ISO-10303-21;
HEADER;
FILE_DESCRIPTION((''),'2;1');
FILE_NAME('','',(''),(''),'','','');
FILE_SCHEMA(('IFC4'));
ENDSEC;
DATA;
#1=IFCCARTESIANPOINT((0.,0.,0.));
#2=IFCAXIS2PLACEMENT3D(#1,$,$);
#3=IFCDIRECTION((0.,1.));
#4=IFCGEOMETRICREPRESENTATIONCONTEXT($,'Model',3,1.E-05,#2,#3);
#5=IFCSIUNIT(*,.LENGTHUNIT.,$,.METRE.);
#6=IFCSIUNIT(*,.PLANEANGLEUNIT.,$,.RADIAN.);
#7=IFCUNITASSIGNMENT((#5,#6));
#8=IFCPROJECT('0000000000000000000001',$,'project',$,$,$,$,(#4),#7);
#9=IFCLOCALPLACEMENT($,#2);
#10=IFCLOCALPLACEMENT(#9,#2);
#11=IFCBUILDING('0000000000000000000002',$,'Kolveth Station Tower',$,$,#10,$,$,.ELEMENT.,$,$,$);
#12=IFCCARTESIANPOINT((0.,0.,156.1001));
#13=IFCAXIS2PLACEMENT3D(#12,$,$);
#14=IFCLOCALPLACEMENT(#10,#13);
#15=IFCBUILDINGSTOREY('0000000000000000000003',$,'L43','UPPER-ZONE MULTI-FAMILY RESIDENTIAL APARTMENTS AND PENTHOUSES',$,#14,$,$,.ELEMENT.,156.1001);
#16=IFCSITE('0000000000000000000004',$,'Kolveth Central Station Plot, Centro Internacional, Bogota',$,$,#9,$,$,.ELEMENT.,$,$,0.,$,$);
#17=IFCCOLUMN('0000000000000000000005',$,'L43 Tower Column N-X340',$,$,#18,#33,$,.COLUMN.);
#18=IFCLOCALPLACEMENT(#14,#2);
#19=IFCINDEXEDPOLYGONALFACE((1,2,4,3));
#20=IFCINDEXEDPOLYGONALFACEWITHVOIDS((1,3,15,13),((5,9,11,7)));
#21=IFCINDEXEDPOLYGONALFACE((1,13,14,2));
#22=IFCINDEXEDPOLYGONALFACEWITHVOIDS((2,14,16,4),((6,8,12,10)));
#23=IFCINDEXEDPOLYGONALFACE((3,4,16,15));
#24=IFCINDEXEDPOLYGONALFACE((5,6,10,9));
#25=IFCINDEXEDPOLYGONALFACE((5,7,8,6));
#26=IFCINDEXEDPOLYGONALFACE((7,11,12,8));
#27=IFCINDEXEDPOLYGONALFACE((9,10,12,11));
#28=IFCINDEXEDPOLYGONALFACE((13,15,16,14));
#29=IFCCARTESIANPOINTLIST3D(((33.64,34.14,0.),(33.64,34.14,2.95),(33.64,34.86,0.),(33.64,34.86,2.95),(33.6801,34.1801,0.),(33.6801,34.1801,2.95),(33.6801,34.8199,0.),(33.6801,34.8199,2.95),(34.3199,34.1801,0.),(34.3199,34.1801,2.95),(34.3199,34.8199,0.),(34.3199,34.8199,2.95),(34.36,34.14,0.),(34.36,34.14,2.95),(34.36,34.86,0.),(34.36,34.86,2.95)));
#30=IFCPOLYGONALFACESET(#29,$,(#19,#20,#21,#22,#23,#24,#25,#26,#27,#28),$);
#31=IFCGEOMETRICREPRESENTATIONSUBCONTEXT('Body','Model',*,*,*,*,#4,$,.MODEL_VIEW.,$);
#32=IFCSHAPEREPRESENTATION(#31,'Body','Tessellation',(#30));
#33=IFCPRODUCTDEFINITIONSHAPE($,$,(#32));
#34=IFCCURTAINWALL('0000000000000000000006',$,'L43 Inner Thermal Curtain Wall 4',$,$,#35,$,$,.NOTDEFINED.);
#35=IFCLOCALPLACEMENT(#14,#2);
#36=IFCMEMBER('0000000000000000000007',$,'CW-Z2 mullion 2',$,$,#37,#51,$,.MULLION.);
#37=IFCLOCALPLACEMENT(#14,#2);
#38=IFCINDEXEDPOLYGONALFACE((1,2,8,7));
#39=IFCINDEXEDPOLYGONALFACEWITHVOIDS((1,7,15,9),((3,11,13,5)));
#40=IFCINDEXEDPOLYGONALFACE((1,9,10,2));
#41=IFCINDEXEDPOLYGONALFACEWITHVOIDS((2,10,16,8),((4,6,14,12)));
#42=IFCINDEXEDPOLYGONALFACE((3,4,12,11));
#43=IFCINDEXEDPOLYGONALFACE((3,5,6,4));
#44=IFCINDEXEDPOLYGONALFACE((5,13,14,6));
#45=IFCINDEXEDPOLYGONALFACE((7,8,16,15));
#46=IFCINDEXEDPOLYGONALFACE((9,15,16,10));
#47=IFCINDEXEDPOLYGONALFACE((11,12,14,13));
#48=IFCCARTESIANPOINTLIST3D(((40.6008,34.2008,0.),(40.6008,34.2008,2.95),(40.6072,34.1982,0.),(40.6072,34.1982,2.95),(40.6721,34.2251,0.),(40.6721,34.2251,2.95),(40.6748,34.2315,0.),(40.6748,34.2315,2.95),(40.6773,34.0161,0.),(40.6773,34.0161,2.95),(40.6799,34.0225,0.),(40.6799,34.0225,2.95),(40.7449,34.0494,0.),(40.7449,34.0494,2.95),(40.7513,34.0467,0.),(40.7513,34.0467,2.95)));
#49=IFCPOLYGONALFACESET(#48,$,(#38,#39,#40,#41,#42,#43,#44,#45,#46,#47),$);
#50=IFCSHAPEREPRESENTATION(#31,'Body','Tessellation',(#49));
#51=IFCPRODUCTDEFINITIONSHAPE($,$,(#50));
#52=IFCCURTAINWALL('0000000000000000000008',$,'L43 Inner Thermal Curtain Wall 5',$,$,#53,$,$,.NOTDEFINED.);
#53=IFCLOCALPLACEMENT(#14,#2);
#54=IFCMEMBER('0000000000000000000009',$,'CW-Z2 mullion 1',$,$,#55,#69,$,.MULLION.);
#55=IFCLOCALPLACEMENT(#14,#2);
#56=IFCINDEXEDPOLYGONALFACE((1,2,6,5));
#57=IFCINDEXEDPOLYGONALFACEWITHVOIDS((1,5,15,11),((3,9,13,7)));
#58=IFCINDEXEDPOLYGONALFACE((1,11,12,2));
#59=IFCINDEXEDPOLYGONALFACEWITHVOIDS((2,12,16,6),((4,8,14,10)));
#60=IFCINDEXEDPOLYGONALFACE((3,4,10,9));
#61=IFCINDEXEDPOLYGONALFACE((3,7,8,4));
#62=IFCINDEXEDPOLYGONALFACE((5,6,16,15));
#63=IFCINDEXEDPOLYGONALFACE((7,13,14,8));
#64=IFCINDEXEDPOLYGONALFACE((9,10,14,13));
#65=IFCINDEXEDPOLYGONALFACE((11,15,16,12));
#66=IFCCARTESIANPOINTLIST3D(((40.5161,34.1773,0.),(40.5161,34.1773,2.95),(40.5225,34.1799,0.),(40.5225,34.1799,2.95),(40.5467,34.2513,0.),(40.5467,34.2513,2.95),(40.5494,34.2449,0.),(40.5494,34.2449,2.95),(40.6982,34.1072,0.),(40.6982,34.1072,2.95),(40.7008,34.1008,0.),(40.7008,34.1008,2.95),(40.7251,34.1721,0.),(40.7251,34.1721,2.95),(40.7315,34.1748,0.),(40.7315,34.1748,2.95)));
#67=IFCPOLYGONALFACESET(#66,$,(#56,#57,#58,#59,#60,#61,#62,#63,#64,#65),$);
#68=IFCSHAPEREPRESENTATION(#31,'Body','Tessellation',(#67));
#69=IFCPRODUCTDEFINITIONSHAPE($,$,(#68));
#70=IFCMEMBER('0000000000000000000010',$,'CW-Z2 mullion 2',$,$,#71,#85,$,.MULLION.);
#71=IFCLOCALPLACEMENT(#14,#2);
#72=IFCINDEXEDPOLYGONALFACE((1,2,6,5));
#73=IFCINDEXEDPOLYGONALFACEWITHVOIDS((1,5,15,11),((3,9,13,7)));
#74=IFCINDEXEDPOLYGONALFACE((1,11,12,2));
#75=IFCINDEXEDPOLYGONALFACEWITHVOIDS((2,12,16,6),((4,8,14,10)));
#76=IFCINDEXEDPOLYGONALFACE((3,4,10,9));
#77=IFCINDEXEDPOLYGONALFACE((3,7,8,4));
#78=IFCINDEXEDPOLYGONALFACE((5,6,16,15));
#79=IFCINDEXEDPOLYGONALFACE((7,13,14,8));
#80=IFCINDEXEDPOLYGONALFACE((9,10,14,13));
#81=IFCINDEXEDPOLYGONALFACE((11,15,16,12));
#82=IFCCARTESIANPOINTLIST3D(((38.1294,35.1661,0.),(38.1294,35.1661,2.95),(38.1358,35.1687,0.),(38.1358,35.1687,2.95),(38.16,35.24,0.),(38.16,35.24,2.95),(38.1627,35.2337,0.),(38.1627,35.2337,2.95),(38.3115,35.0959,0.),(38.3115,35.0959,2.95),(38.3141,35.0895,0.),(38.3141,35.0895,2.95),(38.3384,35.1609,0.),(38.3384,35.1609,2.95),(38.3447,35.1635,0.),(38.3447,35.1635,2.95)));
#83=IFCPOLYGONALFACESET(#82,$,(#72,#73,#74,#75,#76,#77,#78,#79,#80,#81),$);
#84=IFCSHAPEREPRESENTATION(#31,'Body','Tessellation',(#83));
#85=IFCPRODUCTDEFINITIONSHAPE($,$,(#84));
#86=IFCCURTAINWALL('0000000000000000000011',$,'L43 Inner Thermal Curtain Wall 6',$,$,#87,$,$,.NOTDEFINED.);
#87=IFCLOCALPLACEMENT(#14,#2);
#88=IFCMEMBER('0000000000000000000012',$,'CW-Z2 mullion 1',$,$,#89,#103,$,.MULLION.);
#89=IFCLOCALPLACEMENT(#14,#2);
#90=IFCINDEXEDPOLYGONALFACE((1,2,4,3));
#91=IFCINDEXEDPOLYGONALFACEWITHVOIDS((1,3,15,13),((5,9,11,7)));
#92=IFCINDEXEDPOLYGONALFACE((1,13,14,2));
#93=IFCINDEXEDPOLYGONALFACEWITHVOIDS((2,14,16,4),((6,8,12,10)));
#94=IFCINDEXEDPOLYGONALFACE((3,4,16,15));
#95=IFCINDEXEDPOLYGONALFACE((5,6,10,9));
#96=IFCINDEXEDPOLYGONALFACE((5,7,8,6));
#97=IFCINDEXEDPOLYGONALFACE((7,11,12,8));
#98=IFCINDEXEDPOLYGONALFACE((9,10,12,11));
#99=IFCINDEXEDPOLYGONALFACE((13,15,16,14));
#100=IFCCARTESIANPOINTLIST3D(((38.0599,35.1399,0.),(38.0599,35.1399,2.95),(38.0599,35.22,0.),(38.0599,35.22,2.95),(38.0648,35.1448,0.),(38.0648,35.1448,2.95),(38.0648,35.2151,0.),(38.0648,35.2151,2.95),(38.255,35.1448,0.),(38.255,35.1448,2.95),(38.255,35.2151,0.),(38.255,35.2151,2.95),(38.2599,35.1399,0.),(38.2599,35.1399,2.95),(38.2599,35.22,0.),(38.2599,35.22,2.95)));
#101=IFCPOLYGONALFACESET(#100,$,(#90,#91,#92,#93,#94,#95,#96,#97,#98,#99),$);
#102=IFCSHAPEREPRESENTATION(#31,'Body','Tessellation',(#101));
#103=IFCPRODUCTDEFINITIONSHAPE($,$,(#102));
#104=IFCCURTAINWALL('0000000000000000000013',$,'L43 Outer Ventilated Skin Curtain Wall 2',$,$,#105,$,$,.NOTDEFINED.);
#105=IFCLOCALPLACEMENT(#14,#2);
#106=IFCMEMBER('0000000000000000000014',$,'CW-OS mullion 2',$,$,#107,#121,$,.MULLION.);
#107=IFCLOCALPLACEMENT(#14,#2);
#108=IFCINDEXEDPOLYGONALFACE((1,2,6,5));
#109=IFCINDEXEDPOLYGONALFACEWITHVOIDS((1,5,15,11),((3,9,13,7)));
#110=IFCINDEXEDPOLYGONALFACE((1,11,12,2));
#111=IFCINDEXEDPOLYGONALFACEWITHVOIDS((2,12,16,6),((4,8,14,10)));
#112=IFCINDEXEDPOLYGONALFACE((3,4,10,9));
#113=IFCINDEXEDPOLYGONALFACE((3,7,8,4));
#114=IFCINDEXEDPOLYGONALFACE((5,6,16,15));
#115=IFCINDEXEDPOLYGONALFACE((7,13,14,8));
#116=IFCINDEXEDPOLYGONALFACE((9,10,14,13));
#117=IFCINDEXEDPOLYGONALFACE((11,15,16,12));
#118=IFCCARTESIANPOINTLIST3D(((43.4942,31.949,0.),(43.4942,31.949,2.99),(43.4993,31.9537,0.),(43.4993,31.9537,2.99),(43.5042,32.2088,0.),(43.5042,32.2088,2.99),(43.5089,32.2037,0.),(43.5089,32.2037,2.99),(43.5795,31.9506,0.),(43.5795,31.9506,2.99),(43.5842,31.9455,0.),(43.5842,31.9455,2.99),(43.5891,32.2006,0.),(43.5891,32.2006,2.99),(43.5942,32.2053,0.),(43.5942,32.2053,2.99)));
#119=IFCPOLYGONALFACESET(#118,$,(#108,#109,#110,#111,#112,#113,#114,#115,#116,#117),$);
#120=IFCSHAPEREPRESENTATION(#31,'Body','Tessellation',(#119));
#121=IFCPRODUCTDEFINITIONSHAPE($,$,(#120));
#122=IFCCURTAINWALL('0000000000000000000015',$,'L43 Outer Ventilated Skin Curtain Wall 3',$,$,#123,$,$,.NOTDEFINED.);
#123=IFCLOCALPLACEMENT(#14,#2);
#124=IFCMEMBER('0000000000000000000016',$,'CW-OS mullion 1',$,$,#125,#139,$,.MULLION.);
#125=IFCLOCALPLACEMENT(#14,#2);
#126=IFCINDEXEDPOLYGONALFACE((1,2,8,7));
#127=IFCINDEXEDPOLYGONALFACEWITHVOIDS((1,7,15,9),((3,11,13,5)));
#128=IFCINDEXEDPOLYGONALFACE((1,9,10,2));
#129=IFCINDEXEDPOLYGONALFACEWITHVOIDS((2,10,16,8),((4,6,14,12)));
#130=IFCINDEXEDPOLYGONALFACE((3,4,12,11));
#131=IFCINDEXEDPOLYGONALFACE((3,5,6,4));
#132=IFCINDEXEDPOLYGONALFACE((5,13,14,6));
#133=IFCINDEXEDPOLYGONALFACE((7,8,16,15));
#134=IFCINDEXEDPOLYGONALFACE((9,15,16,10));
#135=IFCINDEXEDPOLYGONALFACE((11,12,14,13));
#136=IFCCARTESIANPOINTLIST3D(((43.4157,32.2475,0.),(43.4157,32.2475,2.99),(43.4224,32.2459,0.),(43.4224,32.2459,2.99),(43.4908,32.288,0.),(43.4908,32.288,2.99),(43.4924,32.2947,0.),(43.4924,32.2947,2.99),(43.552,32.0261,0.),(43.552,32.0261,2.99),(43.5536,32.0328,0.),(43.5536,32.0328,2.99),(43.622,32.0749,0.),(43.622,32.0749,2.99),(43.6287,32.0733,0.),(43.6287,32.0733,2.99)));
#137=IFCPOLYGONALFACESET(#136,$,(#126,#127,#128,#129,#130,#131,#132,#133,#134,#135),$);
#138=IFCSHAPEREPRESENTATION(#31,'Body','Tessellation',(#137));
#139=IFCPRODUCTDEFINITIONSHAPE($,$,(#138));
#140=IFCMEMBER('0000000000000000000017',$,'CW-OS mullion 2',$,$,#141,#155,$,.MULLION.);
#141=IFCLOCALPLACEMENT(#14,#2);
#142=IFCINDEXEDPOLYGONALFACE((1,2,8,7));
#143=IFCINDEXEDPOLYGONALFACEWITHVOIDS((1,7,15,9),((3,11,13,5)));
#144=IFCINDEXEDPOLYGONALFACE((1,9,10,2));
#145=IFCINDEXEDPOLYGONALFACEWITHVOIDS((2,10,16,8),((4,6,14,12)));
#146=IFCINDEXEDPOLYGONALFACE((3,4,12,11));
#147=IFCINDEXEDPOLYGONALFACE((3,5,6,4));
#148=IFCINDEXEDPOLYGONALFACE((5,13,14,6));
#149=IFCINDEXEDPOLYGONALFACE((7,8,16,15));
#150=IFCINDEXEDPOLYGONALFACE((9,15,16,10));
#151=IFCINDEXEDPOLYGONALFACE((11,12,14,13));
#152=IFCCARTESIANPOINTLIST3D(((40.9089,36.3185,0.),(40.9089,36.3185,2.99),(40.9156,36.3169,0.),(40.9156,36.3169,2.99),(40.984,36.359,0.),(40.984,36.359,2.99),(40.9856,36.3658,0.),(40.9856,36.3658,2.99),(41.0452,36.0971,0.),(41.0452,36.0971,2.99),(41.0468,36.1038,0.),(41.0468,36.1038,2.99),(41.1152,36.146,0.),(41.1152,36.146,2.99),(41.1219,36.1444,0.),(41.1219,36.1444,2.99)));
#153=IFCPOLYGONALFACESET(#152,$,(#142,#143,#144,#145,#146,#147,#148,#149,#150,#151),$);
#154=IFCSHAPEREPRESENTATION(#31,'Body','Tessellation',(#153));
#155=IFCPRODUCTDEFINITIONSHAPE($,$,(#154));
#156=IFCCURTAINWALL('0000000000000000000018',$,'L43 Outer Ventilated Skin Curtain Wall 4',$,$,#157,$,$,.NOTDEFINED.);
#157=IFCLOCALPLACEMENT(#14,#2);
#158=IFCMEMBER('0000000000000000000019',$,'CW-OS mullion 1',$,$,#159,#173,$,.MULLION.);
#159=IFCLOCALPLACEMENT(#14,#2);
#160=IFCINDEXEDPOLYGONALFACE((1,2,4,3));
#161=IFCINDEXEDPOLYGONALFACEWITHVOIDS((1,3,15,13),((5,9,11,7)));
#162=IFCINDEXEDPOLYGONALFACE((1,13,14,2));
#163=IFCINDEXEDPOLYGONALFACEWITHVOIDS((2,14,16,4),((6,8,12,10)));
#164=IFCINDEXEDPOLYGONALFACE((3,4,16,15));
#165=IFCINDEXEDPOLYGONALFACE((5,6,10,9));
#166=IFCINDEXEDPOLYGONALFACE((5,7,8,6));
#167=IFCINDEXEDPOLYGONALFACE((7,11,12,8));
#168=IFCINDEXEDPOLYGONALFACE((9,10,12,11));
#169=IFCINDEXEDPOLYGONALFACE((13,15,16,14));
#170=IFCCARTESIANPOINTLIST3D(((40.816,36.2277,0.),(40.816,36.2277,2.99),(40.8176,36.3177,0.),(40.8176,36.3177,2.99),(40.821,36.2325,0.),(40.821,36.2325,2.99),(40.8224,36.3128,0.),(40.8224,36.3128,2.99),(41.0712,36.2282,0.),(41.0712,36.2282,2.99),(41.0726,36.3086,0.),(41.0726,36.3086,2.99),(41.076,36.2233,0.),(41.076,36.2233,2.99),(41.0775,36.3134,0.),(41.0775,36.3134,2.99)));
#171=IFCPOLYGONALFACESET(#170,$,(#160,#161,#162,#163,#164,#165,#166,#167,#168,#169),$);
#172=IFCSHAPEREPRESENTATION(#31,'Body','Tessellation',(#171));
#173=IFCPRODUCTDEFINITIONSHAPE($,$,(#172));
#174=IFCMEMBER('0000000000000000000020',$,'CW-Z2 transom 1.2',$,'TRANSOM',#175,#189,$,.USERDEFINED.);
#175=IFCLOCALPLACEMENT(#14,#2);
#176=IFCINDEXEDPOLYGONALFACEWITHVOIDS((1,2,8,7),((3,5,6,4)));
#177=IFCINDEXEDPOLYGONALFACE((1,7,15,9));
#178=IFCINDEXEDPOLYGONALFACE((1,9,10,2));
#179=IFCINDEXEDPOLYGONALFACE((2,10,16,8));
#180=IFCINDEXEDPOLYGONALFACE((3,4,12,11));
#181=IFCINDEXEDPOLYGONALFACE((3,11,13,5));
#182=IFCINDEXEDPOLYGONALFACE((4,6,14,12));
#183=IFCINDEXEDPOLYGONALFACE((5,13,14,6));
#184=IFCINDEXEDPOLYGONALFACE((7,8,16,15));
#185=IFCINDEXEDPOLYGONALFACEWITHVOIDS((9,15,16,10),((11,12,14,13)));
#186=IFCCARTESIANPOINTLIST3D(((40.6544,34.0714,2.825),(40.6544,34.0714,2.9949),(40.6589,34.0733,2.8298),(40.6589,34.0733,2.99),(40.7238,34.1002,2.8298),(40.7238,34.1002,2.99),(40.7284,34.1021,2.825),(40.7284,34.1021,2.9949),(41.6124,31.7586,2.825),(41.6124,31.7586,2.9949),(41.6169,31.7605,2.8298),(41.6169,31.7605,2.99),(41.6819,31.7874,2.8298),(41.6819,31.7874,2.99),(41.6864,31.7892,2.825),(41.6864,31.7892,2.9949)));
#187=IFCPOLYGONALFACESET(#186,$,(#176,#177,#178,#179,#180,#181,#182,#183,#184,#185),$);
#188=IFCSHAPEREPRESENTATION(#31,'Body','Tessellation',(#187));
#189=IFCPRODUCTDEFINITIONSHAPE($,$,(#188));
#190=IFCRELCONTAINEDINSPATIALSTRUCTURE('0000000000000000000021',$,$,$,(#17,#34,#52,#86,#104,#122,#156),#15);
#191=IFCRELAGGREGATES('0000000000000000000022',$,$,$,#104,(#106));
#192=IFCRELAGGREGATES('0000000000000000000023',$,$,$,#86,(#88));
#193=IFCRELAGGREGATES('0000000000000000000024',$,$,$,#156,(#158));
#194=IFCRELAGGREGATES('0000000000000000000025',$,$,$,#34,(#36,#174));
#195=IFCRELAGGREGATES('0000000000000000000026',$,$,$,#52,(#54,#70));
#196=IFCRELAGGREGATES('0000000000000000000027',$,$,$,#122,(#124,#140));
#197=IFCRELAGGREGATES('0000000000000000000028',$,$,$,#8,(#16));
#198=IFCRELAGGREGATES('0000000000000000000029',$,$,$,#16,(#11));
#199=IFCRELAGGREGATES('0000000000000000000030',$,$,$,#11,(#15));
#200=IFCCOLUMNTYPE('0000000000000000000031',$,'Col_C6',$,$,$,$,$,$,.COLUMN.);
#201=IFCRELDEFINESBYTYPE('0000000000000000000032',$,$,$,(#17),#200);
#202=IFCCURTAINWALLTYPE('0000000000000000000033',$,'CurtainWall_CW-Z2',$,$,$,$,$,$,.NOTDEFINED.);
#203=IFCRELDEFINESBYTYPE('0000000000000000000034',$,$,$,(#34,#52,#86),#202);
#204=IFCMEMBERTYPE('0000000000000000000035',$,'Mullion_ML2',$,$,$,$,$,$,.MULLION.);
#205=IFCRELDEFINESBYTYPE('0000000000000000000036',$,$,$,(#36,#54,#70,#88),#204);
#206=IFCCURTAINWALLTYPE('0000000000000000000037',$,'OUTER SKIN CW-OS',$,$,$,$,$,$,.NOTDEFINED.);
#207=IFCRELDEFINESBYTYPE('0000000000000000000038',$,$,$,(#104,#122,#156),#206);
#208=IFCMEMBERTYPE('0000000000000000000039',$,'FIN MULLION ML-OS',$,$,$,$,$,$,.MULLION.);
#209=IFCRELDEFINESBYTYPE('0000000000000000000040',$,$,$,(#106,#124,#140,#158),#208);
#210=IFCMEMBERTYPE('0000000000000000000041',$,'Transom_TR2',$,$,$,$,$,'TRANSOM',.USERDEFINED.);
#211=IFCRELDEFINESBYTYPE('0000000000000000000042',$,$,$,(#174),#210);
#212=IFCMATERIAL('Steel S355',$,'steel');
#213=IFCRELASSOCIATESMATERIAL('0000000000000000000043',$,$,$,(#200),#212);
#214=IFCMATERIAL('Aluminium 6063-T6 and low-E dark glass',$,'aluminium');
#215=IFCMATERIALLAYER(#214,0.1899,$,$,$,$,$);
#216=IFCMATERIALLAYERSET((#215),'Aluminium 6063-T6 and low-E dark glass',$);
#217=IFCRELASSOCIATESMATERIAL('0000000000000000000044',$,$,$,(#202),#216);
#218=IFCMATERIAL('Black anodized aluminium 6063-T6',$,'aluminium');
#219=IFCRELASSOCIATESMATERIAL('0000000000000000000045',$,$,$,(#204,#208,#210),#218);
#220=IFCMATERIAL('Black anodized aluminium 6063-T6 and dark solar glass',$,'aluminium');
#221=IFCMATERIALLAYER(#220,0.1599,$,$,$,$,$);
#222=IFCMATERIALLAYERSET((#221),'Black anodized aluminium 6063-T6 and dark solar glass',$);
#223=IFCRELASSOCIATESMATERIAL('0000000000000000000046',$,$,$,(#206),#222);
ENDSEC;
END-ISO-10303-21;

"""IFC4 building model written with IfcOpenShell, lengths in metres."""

from ifc_helpers import new_model, si_unit, direction, frame, origin, origin_2d, place, context, subcontext, project, spatial, hollow_rectangle, extrude, source, transform, mapped, material, layer, layer_set, material_profile, profile_set, type_object, element, aggregate, save


model = new_model("IFC4")

# Units and contexts
model_context = context("Model", 3, precision=1e-05, world=origin(), true_north=direction((0.0, 1.0)))
body_context = subcontext(model_context, "Body", "Model", "MODEL_VIEW")
ifc_project = project(units=[si_unit("LENGTHUNIT", "METRE"), si_unit("PLANEANGLEUNIT", "RADIAN")], contexts=[model_context])

# Site, building, storey
site_placement = place(None, origin())
site = spatial("IfcSite", under=ifc_project, at=site_placement, Name="Kolveth Central Station Plot, Centro Internacional, Bogota", CompositionType="ELEMENT", RefElevation=0.0)
building_placement = place(site_placement, origin())
building = spatial("IfcBuilding", under=site, at=building_placement, Name="Kolveth Station Tower", CompositionType="ELEMENT")
storey_placement = place(building_placement, frame((0.0, 0.0, 156.1001)))
storey = spatial("IfcBuildingStorey", under=building, at=storey_placement, Name="L43", Description="UPPER-ZONE MULTI-FAMILY RESIDENTIAL APARTMENTS AND PENTHOUSES", CompositionType="ELEMENT", Elevation=156.1001)

# Column
ifc_material_1 = material(Name="Steel S355", Category="steel")
ifc_material_profile_1 = material_profile(ifc_material_1, hollow_rectangle(XDim=0.72, YDim=0.72, WallThickness=0.04, at=origin_2d()), Name="BOX720x720x40")
ifc_profile_set_1 = profile_set([ifc_material_profile_1], Name="Steel S355")
column_type = type_object("IfcColumnType", Name="Col_C6", PredefinedType="COLUMN", material=ifc_profile_set_1)
shared_shape_1 = source(origin(), body_context, "Body", "SweptSolid", [
    extrude(hollow_rectangle(XDim=0.72, YDim=0.72, WallThickness=0.04, at=origin_2d()), origin(), (0.0, 0.0, 1.0), 2.95),
])
column_placement = place(storey_placement, frame((34.0, 34.5, 0.0), z_axis=(0.0, 0.0, 1.0), x_axis=(1.0, 0.0, 0.0)))
element("IfcColumn", 1, at=column_placement, inside=storey, type_object=column_type, Name="L43 Tower Column N-X340", PredefinedType="COLUMN", context=body_context, shape_type="MappedRepresentation", body=[
    mapped(shared_shape_1, transform((0.0, 0.0, 0.0), x_axis=(1.0, 0.0, 0.0), y_axis=(0.0, 1.0, 0.0), z_axis=(0.0, 0.0, 1.0), scale=1.0)),
])

# Curtain wall, member
ifc_material_2 = material(Name="Aluminium 6063-T6 and low-E dark glass", Category="aluminium")
ifc_layer_1 = layer(ifc_material_2, 0.1899)
ifc_layer_set_1 = layer_set([ifc_layer_1], Name="Aluminium 6063-T6 and low-E dark glass")
curtain_wall_type_1 = type_object("IfcCurtainWallType", Name="CurtainWall_CW-Z2", PredefinedType="NOTDEFINED", material=ifc_layer_set_1)
curtain_wall_1_placement = place(storey_placement, origin())
curtain_wall_1 = element("IfcCurtainWall", 2, at=curtain_wall_1_placement, inside=storey, type_object=curtain_wall_type_1, Name="L43 Inner Thermal Curtain Wall 4", PredefinedType="NOTDEFINED")
ifc_material_3 = material(Name="Black anodized aluminium 6063-T6", Category="aluminium")
ifc_material_profile_2 = material_profile(ifc_material_3, hollow_rectangle(XDim=0.0801, YDim=0.2, WallThickness=0.0049, at=origin_2d()), Name="ALU-80x200x5")
ifc_profile_set_2 = profile_set([ifc_material_profile_2], Name="Black anodized aluminium 6063-T6")
member_type_1 = type_object("IfcMemberType", Name="Mullion_ML2", PredefinedType="MULLION", material=ifc_profile_set_2)
shared_shape_2 = source(origin(), body_context, "Body", "SweptSolid", [
    extrude(hollow_rectangle(XDim=0.0801, YDim=0.2, WallThickness=0.0049, at=origin_2d()), origin(), (0.0, 0.0, 1.0), 2.95),
])
member_1_placement = place(storey_placement, frame((40.676, 34.1238, 0.0), z_axis=(0.0, 0.0, 1.0), x_axis=(-0.923874, -0.382698, 0.0)))
member_1 = element("IfcMember", 3, at=member_1_placement, type_object=member_type_1, Name="CW-Z2 mullion 2", PredefinedType="MULLION", context=body_context, shape_type="MappedRepresentation", body=[
    mapped(shared_shape_2, transform((0.0, 0.0, 0.0), x_axis=(1.0, 0.0, 0.0), y_axis=(0.0, 1.0, 0.0), z_axis=(0.0, 0.0, 1.0), scale=1.0)),
])

# Curtain wall, members
curtain_wall_2_placement = place(storey_placement, origin())
curtain_wall_2 = element("IfcCurtainWall", 4, at=curtain_wall_2_placement, inside=storey, type_object=curtain_wall_type_1, Name="L43 Inner Thermal Curtain Wall 5", PredefinedType="NOTDEFINED")
member_2_placement = place(storey_placement, frame((40.6238, 34.176, 0.0), z_axis=(0.0, 0.0, 1.0), x_axis=(-0.382698, -0.923874, 0.0)))
member_2 = element("IfcMember", 5, at=member_2_placement, type_object=member_type_1, Name="CW-Z2 mullion 1", PredefinedType="MULLION", context=body_context, shape_type="MappedRepresentation", body=[
    mapped(shared_shape_2, transform((0.0, 0.0, 0.0), x_axis=(1.0, 0.0, 0.0), y_axis=(0.0, 1.0, 0.0), z_axis=(0.0, 0.0, 1.0), scale=1.0)),
])
member_3_placement = place(storey_placement, frame((38.2371, 35.1648, 0.0), z_axis=(0.0, 0.0, 1.0), x_axis=(-0.382698, -0.923874, 0.0)))
member_3 = element("IfcMember", 6, at=member_3_placement, type_object=member_type_1, Name="CW-Z2 mullion 2", PredefinedType="MULLION", context=body_context, shape_type="MappedRepresentation", body=[
    mapped(shared_shape_2, transform((0.0, 0.0, 0.0), x_axis=(1.0, 0.0, 0.0), y_axis=(0.0, 1.0, 0.0), z_axis=(0.0, 0.0, 1.0), scale=1.0)),
])

# Curtain walls, members
curtain_wall_3_placement = place(storey_placement, origin())
curtain_wall_3 = element("IfcCurtainWall", 7, at=curtain_wall_3_placement, inside=storey, type_object=curtain_wall_type_1, Name="L43 Inner Thermal Curtain Wall 6", PredefinedType="NOTDEFINED")
member_4_placement = place(storey_placement, frame((38.1599, 35.1799, 0.0), z_axis=(0.0, 0.0, 1.0), x_axis=(0.0, -1.0, 0.0)))
member_4 = element("IfcMember", 8, at=member_4_placement, type_object=member_type_1, Name="CW-Z2 mullion 1", PredefinedType="MULLION", context=body_context, shape_type="MappedRepresentation", body=[
    mapped(shared_shape_2, transform((0.0, 0.0, 0.0), x_axis=(1.0, 0.0, 0.0), y_axis=(0.0, 1.0, 0.0), z_axis=(0.0, 0.0, 1.0), scale=1.0)),
])
ifc_material_4 = material(Name="Black anodized aluminium 6063-T6 and dark solar glass", Category="aluminium")
ifc_layer_2 = layer(ifc_material_4, 0.1599)
ifc_layer_set_2 = layer_set([ifc_layer_2], Name="Black anodized aluminium 6063-T6 and dark solar glass")
curtain_wall_type_2 = type_object("IfcCurtainWallType", Name="OUTER SKIN CW-OS", PredefinedType="NOTDEFINED", material=ifc_layer_set_2)
curtain_wall_4_placement = place(storey_placement, origin())
curtain_wall_4 = element("IfcCurtainWall", 9, at=curtain_wall_4_placement, inside=storey, type_object=curtain_wall_type_2, Name="L43 Outer Ventilated Skin Curtain Wall 2", PredefinedType="NOTDEFINED")
ifc_material_profile_3 = material_profile(ifc_material_3, hollow_rectangle(XDim=0.0901, YDim=0.26, WallThickness=0.0049, at=origin_2d()), Name="ALU-90x260x5")
ifc_profile_set_3 = profile_set([ifc_material_profile_3], Name="Black anodized aluminium 6063-T6")
member_type_2 = type_object("IfcMemberType", Name="FIN MULLION ML-OS", PredefinedType="MULLION", material=ifc_profile_set_3)
shared_shape_3 = source(origin(), body_context, "Body", "SweptSolid", [
    extrude(hollow_rectangle(XDim=0.0901, YDim=0.26, WallThickness=0.0049, at=origin_2d()), origin(), (0.0, 0.0, 1.0), 2.99),
])
member_5_placement = place(storey_placement, frame((43.5442, 32.0771, 0.0), z_axis=(0.0, 0.0, 1.0), x_axis=(-0.999263, 0.038374, 0.0)))
member_5 = element("IfcMember", 10, at=member_5_placement, type_object=member_type_2, Name="CW-OS mullion 2", PredefinedType="MULLION", context=body_context, shape_type="MappedRepresentation", body=[
    mapped(shared_shape_3, transform((0.0, 0.0, 0.0), x_axis=(1.0, 0.0, 0.0), y_axis=(0.0, 1.0, 0.0), z_axis=(0.0, 0.0, 1.0), scale=1.0)),
])
aggregate(curtain_wall_4, [member_5])

# Curtain wall, members
curtain_wall_5_placement = place(storey_placement, origin())
curtain_wall_5 = element("IfcCurtainWall", 11, at=curtain_wall_5_placement, inside=storey, type_object=curtain_wall_type_2, Name="L43 Outer Ventilated Skin Curtain Wall 3", PredefinedType="NOTDEFINED")
member_6_placement = place(storey_placement, frame((43.5222, 32.1604, 0.0), z_axis=(0.0, 0.0, 1.0), x_axis=(-0.851509, -0.52434, 0.0)))
member_6 = element("IfcMember", 12, at=member_6_placement, type_object=member_type_2, Name="CW-OS mullion 1", PredefinedType="MULLION", context=body_context, shape_type="MappedRepresentation", body=[
    mapped(shared_shape_3, transform((0.0, 0.0, 0.0), x_axis=(1.0, 0.0, 0.0), y_axis=(0.0, 1.0, 0.0), z_axis=(0.0, 0.0, 1.0), scale=1.0)),
])
member_7_placement = place(storey_placement, frame((41.0154, 36.2314, 0.0), z_axis=(0.0, 0.0, 1.0), x_axis=(-0.851509, -0.52434, 0.0)))
member_7 = element("IfcMember", 13, at=member_7_placement, type_object=member_type_2, Name="CW-OS mullion 2", PredefinedType="MULLION", context=body_context, shape_type="MappedRepresentation", body=[
    mapped(shared_shape_3, transform((0.0, 0.0, 0.0), x_axis=(1.0, 0.0, 0.0), y_axis=(0.0, 1.0, 0.0), z_axis=(0.0, 0.0, 1.0), scale=1.0)),
])

# Curtain wall, member
curtain_wall_6_placement = place(storey_placement, origin())
curtain_wall_6 = element("IfcCurtainWall", 14, at=curtain_wall_6_placement, inside=storey, type_object=curtain_wall_type_2, Name="L43 Outer Ventilated Skin Curtain Wall 4", PredefinedType="NOTDEFINED")
member_8_placement = place(storey_placement, frame((40.9468, 36.2705, 0.0), z_axis=(0.0, 0.0, 1.0), x_axis=(-0.016878, -0.999858, 0.0)))
member_8 = element("IfcMember", 15, at=member_8_placement, type_object=member_type_2, Name="CW-OS mullion 1", PredefinedType="MULLION", context=body_context, shape_type="MappedRepresentation", body=[
    mapped(shared_shape_3, transform((0.0, 0.0, 0.0), x_axis=(1.0, 0.0, 0.0), y_axis=(0.0, 1.0, 0.0), z_axis=(0.0, 0.0, 1.0), scale=1.0)),
])

# Member
ifc_material_profile_4 = material_profile(ifc_material_3, hollow_rectangle(XDim=0.0801, YDim=0.1699, WallThickness=0.0049, at=origin_2d()), Name="ALU-80x170x5")
ifc_profile_set_4 = profile_set([ifc_material_profile_4], Name="Black anodized aluminium 6063-T6")
member_type_3 = type_object("IfcMemberType", Name="Transom_TR2", ElementType="TRANSOM", PredefinedType="USERDEFINED", material=ifc_profile_set_4)
shared_shape_4 = source(origin(), body_context, "Body", "SweptSolid", [
    extrude(hollow_rectangle(XDim=0.0801, YDim=0.1699, WallThickness=0.0049, at=origin_2d()), origin(), (0.0, 0.0, 1.0), 2.5034),
])
member_9_placement = place(storey_placement, frame((41.6494, 31.7739, 2.9099), z_axis=(-0.382696, 0.923874, 0.0), x_axis=(-0.923874, -0.382696, 0.0)))
member_9 = element("IfcMember", 16, at=member_9_placement, type_object=member_type_3, Name="CW-Z2 transom 1.2", ObjectType="TRANSOM", PredefinedType="USERDEFINED", context=body_context, shape_type="MappedRepresentation", body=[
    mapped(shared_shape_4, transform((0.0, 0.0, 0.0), x_axis=(1.0, 0.0, 0.0), y_axis=(0.0, 1.0, 0.0), z_axis=(0.0, 0.0, 1.0), scale=1.0)),
])
aggregate(curtain_wall_3, [member_4])
aggregate(curtain_wall_6, [member_8])

aggregate(curtain_wall_1, [member_1, member_9])
aggregate(curtain_wall_2, [member_2, member_3])
aggregate(curtain_wall_5, [member_6, member_7])

save(model, "model.ifc")
